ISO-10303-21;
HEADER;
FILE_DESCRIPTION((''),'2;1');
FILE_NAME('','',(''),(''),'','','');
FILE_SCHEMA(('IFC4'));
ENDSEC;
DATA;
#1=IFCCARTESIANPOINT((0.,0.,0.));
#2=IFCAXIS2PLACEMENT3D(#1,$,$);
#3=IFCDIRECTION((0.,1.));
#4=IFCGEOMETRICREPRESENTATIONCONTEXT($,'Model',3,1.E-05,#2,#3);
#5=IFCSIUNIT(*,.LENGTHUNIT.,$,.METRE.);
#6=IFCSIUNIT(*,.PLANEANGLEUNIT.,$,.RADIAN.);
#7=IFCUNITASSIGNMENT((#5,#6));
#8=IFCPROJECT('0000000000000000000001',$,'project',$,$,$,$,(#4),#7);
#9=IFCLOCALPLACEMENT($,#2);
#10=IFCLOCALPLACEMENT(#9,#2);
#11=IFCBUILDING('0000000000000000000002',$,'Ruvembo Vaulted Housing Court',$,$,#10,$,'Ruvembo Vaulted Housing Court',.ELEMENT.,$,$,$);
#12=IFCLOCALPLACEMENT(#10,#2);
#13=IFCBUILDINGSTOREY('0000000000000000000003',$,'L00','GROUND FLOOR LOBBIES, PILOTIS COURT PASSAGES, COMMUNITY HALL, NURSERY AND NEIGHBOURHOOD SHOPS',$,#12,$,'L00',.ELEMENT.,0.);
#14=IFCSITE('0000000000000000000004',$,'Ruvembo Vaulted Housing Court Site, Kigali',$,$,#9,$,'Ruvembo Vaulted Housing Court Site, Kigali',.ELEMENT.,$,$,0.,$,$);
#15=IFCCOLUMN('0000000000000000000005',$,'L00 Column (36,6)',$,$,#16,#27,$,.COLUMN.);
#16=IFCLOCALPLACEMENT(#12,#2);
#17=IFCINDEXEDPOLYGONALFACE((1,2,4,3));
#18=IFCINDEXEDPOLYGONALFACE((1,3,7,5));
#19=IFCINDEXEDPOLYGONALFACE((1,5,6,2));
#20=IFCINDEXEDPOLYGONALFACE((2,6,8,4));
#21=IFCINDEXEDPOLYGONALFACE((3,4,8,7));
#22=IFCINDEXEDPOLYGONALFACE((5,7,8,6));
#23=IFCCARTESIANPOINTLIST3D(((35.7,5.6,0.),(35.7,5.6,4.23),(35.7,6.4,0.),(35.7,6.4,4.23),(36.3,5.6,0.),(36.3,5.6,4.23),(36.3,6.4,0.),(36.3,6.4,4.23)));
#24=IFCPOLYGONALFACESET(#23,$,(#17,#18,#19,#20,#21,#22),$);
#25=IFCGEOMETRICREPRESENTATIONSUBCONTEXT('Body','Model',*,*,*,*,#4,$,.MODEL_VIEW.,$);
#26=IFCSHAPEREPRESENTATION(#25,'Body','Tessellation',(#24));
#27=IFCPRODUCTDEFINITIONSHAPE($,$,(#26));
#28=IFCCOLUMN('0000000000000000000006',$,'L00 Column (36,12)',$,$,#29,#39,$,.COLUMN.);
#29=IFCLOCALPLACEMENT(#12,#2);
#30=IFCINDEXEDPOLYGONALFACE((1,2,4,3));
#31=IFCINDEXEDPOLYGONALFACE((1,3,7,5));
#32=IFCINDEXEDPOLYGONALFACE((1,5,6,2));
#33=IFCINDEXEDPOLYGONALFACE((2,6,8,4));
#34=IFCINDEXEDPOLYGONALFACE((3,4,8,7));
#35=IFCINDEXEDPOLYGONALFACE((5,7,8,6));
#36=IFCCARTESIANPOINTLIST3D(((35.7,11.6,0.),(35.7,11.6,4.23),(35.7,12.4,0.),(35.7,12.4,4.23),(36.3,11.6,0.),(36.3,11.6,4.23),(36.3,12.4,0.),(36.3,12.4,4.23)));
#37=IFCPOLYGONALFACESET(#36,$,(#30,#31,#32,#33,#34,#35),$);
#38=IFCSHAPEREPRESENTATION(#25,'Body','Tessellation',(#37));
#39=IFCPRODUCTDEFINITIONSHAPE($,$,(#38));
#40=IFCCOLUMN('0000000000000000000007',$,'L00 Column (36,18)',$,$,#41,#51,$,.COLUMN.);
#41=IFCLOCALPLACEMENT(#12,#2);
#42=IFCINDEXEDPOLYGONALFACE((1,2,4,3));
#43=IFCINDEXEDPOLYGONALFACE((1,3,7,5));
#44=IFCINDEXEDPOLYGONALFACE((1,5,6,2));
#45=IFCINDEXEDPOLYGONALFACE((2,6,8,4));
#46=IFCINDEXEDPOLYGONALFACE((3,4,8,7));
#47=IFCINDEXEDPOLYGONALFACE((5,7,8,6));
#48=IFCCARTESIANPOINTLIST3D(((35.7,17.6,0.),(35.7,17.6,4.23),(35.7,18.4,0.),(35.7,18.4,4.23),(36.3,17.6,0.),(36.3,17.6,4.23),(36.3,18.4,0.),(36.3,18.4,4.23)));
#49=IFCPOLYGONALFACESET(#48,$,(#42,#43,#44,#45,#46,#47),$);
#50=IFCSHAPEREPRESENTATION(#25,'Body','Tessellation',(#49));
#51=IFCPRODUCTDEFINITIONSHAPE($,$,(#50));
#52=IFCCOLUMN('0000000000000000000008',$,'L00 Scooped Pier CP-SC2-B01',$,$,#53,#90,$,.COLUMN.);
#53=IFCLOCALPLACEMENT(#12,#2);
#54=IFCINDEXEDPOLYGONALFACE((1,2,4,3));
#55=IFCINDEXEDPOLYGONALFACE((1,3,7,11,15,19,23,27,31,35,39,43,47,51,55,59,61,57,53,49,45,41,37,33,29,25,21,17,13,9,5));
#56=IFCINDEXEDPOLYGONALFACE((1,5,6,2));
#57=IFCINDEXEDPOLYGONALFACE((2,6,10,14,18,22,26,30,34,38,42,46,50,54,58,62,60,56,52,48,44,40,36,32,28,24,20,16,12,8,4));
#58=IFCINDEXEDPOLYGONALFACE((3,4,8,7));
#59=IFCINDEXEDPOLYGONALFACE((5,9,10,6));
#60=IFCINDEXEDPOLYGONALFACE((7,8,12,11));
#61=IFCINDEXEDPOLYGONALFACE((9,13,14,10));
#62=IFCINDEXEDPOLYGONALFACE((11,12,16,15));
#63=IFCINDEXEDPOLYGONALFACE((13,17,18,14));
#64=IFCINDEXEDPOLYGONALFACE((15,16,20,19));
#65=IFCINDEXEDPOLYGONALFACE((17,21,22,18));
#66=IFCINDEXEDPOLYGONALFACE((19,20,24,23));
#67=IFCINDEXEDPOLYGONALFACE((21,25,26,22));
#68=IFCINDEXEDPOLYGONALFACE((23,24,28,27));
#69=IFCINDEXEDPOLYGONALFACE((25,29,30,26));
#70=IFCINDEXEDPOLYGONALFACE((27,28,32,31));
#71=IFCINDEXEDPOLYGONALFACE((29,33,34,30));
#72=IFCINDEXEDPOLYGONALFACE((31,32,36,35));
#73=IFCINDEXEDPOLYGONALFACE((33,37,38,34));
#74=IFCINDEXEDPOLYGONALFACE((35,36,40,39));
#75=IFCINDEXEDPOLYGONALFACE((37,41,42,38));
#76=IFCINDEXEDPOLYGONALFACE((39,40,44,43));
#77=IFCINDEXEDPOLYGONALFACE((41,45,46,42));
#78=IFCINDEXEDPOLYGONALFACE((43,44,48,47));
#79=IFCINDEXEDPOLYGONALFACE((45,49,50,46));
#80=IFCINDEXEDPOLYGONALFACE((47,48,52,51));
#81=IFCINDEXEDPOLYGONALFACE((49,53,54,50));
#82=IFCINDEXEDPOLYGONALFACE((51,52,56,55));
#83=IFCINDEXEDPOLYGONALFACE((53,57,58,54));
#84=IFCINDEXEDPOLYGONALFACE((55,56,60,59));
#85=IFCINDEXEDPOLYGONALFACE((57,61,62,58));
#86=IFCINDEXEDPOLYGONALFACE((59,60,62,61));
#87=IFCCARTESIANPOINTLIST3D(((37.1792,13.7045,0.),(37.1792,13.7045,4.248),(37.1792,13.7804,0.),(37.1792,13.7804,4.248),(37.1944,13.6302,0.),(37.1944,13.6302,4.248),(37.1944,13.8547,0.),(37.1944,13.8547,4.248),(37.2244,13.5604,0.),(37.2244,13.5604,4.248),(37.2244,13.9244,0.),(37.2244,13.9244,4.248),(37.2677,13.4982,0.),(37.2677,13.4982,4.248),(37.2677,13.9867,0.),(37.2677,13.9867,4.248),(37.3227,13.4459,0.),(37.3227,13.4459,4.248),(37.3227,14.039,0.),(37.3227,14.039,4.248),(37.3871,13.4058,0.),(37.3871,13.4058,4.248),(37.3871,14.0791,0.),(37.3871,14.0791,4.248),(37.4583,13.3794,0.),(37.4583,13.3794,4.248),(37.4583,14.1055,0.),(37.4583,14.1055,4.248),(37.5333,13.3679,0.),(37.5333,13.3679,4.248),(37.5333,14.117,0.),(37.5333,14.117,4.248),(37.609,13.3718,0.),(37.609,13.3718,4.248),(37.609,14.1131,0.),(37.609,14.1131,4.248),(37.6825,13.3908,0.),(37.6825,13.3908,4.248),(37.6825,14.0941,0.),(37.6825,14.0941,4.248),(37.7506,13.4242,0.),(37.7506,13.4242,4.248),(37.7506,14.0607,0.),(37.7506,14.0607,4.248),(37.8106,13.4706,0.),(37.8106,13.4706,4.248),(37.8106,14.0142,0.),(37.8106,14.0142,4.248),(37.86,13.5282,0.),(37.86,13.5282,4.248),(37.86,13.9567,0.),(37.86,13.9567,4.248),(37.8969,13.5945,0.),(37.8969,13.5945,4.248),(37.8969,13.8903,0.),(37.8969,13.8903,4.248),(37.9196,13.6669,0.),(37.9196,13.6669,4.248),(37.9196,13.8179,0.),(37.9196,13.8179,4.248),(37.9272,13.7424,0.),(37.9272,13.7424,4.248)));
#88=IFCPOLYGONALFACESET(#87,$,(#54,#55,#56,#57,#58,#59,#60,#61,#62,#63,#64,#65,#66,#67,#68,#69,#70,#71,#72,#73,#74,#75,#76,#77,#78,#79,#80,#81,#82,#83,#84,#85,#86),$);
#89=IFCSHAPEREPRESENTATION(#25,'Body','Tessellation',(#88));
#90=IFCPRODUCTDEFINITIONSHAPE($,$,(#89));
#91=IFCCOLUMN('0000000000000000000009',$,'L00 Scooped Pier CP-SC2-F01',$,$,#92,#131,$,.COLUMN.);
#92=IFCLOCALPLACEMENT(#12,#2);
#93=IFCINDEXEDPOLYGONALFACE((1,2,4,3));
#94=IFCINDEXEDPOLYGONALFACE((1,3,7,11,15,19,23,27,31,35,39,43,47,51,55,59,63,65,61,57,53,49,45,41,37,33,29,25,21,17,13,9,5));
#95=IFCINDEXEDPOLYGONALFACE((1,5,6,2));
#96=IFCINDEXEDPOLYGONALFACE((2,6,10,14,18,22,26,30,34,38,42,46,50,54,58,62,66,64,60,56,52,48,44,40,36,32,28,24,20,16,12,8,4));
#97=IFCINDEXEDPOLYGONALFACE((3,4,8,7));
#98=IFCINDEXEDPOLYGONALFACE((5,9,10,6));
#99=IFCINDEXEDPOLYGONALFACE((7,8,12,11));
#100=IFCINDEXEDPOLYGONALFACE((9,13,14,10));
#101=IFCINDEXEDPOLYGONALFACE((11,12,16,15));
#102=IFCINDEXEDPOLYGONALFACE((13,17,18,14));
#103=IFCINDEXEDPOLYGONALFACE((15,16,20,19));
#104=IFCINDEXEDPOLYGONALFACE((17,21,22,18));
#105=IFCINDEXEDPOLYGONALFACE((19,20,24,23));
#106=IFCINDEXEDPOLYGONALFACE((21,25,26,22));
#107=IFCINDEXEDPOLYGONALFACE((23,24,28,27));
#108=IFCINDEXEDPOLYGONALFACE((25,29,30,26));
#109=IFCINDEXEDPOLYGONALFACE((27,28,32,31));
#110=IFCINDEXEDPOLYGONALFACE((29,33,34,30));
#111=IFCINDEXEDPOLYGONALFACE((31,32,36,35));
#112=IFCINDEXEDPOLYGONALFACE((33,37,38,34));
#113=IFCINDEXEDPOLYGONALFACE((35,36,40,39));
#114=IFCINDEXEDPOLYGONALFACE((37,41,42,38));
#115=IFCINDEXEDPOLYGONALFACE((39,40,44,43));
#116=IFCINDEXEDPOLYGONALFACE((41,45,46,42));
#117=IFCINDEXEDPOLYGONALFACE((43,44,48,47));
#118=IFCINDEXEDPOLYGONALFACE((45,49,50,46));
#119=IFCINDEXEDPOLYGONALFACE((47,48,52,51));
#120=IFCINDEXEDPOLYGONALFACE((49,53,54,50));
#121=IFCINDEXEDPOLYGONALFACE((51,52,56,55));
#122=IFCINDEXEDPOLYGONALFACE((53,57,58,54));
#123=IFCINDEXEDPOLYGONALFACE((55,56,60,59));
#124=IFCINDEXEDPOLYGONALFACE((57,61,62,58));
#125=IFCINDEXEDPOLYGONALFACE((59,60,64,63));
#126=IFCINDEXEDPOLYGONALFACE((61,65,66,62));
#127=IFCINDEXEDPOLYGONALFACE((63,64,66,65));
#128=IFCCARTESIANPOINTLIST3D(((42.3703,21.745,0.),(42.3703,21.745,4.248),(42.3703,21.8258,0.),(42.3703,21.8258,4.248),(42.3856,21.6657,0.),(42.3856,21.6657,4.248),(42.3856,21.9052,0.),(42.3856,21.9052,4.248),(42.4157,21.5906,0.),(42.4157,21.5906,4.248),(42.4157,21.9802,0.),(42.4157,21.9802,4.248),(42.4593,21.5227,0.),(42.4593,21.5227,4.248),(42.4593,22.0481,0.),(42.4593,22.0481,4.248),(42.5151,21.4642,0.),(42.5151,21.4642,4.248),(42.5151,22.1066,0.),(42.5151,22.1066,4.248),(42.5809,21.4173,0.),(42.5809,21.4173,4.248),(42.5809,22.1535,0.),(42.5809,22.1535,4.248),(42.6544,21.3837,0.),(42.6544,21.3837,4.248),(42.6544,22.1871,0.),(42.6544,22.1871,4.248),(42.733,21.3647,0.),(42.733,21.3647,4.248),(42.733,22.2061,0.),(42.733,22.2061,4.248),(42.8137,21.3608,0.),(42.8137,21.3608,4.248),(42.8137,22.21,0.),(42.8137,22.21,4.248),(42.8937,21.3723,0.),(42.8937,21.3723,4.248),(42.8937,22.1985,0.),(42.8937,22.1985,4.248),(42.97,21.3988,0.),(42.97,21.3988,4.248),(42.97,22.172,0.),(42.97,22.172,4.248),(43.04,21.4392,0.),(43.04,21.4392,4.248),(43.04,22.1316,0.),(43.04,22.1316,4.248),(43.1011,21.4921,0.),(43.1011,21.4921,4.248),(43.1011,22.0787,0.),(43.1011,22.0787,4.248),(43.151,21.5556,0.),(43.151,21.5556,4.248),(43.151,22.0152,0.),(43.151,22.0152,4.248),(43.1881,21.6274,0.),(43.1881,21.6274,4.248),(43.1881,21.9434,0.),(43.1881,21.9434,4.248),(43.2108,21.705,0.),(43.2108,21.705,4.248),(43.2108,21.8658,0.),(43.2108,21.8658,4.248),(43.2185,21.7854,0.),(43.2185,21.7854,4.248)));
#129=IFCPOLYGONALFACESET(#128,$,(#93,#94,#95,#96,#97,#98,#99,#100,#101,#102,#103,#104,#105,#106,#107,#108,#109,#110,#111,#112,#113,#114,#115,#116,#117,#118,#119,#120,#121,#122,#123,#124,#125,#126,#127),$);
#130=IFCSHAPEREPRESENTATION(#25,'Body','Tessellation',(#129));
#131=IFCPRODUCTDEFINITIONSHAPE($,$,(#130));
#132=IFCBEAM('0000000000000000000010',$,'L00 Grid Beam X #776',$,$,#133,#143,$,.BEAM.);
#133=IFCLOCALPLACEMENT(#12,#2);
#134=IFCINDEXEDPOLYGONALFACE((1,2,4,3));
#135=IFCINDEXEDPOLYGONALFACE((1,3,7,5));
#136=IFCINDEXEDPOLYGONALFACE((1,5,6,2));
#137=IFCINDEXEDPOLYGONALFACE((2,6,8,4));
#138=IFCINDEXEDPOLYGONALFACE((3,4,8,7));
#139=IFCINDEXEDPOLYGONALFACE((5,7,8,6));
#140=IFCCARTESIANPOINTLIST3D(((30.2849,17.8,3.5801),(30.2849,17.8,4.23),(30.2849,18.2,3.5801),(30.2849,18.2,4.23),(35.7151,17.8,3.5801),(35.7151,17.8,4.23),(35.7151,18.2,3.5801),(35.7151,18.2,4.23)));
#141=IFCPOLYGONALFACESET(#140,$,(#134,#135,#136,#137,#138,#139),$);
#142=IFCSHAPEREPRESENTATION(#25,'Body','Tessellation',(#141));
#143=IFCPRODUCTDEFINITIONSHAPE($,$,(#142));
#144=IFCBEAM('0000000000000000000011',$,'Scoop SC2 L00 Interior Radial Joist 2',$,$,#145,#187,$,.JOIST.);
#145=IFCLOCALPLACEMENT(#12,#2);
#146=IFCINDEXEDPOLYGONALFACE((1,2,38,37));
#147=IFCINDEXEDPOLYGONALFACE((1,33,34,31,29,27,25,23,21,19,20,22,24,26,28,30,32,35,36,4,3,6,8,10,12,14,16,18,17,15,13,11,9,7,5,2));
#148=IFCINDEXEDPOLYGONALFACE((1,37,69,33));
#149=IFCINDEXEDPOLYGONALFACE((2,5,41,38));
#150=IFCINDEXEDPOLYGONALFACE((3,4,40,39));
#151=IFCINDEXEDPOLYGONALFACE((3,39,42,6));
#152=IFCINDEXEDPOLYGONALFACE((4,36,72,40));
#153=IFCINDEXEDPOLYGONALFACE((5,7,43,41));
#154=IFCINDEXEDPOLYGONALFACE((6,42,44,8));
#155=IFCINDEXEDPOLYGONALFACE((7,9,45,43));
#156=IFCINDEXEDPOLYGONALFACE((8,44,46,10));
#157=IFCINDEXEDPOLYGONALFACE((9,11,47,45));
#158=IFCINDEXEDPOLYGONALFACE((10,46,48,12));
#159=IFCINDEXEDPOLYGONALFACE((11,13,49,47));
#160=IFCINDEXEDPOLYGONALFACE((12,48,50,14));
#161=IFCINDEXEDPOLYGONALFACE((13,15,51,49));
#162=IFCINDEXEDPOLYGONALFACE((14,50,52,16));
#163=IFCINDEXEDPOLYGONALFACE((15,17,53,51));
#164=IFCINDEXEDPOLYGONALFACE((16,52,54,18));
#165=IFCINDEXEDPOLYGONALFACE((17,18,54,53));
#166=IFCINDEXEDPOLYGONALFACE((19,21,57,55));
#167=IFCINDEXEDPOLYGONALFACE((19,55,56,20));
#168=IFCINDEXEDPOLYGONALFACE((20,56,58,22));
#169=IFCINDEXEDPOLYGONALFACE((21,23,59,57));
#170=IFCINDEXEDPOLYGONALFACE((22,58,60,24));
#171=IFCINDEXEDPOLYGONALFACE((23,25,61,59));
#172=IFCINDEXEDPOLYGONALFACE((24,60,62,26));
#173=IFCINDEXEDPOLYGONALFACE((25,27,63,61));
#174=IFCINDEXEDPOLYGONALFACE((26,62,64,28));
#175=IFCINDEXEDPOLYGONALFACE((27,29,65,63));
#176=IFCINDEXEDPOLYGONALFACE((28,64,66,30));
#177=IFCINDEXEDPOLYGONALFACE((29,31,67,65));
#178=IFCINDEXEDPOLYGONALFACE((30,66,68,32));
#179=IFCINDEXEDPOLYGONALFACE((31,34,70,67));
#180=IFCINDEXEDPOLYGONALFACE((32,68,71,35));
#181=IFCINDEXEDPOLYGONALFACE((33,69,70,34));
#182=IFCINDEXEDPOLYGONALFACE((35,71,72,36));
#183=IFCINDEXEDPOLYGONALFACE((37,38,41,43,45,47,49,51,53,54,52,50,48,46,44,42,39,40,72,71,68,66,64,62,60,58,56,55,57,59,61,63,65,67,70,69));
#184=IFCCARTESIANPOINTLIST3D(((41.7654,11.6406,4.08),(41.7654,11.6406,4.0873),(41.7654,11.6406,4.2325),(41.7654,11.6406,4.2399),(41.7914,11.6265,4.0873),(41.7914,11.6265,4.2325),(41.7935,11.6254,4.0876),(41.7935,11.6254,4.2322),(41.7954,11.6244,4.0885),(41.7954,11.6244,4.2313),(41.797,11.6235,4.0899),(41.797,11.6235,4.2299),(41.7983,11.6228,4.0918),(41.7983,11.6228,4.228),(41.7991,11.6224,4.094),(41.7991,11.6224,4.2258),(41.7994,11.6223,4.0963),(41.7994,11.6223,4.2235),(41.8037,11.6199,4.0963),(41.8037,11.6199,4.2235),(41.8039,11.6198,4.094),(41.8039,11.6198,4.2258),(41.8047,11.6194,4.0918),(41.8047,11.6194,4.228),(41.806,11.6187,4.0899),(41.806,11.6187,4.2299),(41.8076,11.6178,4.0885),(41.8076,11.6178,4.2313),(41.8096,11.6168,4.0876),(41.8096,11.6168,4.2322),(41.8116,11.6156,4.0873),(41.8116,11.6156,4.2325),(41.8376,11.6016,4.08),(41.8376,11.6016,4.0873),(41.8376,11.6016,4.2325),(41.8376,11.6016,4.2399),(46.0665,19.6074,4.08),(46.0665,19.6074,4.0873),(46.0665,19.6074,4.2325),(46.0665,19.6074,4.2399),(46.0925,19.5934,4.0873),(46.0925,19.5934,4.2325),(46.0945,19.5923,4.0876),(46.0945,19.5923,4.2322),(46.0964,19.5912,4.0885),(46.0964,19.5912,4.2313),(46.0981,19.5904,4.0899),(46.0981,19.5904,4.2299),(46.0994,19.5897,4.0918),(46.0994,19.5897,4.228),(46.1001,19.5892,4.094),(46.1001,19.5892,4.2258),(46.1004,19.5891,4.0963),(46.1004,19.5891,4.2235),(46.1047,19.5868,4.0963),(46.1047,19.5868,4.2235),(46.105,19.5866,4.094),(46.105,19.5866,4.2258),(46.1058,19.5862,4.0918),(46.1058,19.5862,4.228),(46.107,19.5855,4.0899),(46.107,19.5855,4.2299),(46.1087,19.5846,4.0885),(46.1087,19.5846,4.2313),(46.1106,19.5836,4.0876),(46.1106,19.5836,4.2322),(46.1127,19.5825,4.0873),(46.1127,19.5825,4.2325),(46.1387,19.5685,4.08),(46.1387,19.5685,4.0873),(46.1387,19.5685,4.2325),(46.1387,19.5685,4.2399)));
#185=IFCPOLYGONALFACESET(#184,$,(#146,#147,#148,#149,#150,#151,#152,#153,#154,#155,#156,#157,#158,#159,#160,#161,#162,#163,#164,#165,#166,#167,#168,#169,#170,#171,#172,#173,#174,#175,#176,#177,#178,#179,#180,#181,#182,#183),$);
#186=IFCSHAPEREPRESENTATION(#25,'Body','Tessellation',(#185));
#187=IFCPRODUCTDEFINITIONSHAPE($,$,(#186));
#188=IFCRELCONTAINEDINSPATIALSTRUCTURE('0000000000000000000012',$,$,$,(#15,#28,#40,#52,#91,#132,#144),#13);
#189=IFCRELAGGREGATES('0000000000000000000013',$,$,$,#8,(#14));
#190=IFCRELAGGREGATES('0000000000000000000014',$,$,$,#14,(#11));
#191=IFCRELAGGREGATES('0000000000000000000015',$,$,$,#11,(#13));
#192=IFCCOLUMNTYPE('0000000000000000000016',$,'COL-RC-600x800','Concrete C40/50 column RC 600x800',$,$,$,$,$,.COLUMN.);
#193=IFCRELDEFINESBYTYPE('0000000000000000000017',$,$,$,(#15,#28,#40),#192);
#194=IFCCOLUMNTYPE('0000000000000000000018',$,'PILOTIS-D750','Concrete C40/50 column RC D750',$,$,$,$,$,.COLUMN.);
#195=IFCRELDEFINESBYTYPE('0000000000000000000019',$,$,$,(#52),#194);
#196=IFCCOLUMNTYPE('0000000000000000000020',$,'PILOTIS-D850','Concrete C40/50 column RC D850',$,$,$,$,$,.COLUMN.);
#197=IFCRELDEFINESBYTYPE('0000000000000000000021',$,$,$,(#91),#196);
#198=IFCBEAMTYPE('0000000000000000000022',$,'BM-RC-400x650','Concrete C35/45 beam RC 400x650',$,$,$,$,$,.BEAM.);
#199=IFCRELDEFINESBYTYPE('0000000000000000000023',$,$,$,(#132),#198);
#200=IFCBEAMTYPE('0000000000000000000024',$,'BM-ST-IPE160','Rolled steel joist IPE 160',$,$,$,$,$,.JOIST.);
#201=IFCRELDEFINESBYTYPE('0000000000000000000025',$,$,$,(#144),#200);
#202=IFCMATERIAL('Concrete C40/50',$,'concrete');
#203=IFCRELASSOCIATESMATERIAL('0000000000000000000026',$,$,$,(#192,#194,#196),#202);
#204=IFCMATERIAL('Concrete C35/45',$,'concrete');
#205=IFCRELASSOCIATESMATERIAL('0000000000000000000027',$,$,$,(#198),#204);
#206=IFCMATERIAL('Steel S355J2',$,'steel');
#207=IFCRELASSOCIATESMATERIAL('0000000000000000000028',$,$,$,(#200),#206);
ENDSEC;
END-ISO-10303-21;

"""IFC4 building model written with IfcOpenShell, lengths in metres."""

from ifc_helpers import new_model, si_unit, direction, frame, origin, origin_2d, place, context, subcontext, project, spatial, rectangle, circle, i_section, extrude, material, material_profile, profile_set, type_object, element, save


model = new_model("IFC4")

# Units and contexts
model_context = context("Model", 3, precision=1e-05, world=origin(), true_north=direction((0.0, 1.0)))
body_context = subcontext(model_context, "Body", "Model", "MODEL_VIEW")
ifc_project = project(units=[si_unit("LENGTHUNIT", "METRE"), si_unit("PLANEANGLEUNIT", "RADIAN")], contexts=[model_context])

# Site, building, storey
site_placement = place(None, origin())
site = spatial("IfcSite", under=ifc_project, at=site_placement, Name="Ruvembo Vaulted Housing Court Site, Kigali", LongName="Ruvembo Vaulted Housing Court Site, Kigali", CompositionType="ELEMENT", RefElevation=0.0)
building_placement = place(site_placement, origin())
building = spatial("IfcBuilding", under=site, at=building_placement, Name="Ruvembo Vaulted Housing Court", LongName="Ruvembo Vaulted Housing Court", CompositionType="ELEMENT")
storey_placement = place(building_placement, origin())
storey = spatial("IfcBuildingStorey", under=building, at=storey_placement, Name="L00", Description="GROUND FLOOR LOBBIES, PILOTIS COURT PASSAGES, COMMUNITY HALL, NURSERY AND NEIGHBOURHOOD SHOPS", LongName="L00", CompositionType="ELEMENT", Elevation=0.0)

# Columns
ifc_material_1 = material(Name="Concrete C40/50", Category="concrete")
ifc_material_profile_1 = material_profile(ifc_material_1, rectangle(XDim=0.6001, YDim=0.8, at=origin_2d()), Name="RC 600x800")
ifc_profile_set_1 = profile_set([ifc_material_profile_1], Name="Concrete C40/50")
column_type_1 = type_object("IfcColumnType", Name="COL-RC-600x800", Description="Concrete C40/50 column RC 600x800", PredefinedType="COLUMN", material=ifc_profile_set_1)
for number, where, z_axis, x_axis, name in (
    (1, (36.0, 6.0, 0.0), (0.0, 0.0, 1.0), (1.0, 0.0, 0.0), "L00 Column (36,6)"),
    (2, (36.0, 12.0, 0.0), (0.0, 0.0, 1.0), (1.0, 0.0, 0.0), "L00 Column (36,12)"),
    (3, (36.0, 18.0, 0.0), (0.0, 0.0, 1.0), (1.0, 0.0, 0.0), "L00 Column (36,18)"),
):
    element("IfcColumn", number, at=place(storey_placement, frame(where, z_axis=z_axis, x_axis=x_axis)), inside=storey, type_object=column_type_1, Name=name, PredefinedType="COLUMN", context=body_context, shape_type="SweptSolid", body=[
        extrude(rectangle(XDim=0.6001, YDim=0.8, at=origin_2d()), origin(), (0.0, 0.0, 1.0), 4.23),
    ])
ifc_material_profile_2 = material_profile(ifc_material_1, circle(Radius=0.375, at=origin_2d()), Name="RC D750")
ifc_profile_set_2 = profile_set([ifc_material_profile_2], Name="Concrete C40/50")
column_type_2 = type_object("IfcColumnType", Name="PILOTIS-D750", Description="Concrete C40/50 column RC D750", PredefinedType="COLUMN", material=ifc_profile_set_2)
column_1_placement = place(storey_placement, frame((37.5522, 13.7424, 0.0), z_axis=(0.0, 0.0, 1.0), x_axis=(1.0, 0.0, 0.0)))
element("IfcColumn", 4, at=column_1_placement, inside=storey, type_object=column_type_2, Name="L00 Scooped Pier CP-SC2-B01", PredefinedType="COLUMN", context=body_context, shape_type="SweptSolid", body=[
    extrude(circle(Radius=0.375, at=origin_2d()), origin(), (0.0, 0.0, 1.0), 4.248),
])
ifc_material_profile_3 = material_profile(ifc_material_1, circle(Radius=0.425, at=origin_2d()), Name="RC D850")
ifc_profile_set_3 = profile_set([ifc_material_profile_3], Name="Concrete C40/50")
column_type_3 = type_object("IfcColumnType", Name="PILOTIS-D850", Description="Concrete C40/50 column RC D850", PredefinedType="COLUMN", material=ifc_profile_set_3)
column_2_placement = place(storey_placement, frame((42.7935, 21.7854, 0.0), z_axis=(0.0, 0.0, 1.0), x_axis=(1.0, 0.0, 0.0)))
element("IfcColumn", 5, at=column_2_placement, inside=storey, type_object=column_type_3, Name="L00 Scooped Pier CP-SC2-F01", PredefinedType="COLUMN", context=body_context, shape_type="SweptSolid", body=[
    extrude(circle(Radius=0.425, at=origin_2d()), origin(), (0.0, 0.0, 1.0), 4.248),
])

# Beams
ifc_material_2 = material(Name="Concrete C35/45", Category="concrete")
ifc_material_profile_4 = material_profile(ifc_material_2, rectangle(XDim=0.3999, YDim=0.6499, at=origin_2d()), Name="RC 400x650")
ifc_profile_set_4 = profile_set([ifc_material_profile_4], Name="Concrete C35/45")
beam_type_1 = type_object("IfcBeamType", Name="BM-RC-400x650", Description="Concrete C35/45 beam RC 400x650", PredefinedType="BEAM", material=ifc_profile_set_4)
beam_1_placement = place(storey_placement, frame((30.2849, 18.0, 3.905), z_axis=(1.0, 0.0, 0.0), x_axis=(0.0, 1.0, 0.0)))
element("IfcBeam", 6, at=beam_1_placement, inside=storey, type_object=beam_type_1, Name="L00 Grid Beam X #776", PredefinedType="BEAM", context=body_context, shape_type="SweptSolid", body=[
    extrude(rectangle(XDim=0.3999, YDim=0.6499, at=origin_2d()), origin(), (0.0, 0.0, 1.0), 5.4302),
])
ifc_material_3 = material(Name="Steel S355J2", Category="steel")
ifc_material_profile_5 = material_profile(ifc_material_3, i_section(OverallWidth=0.082, OverallDepth=0.1599, WebThickness=0.0049, FlangeThickness=0.0073, FilletRadius=0.009, at=origin_2d()), Name="IPE 160")
ifc_profile_set_5 = profile_set([ifc_material_profile_5], Name="Steel S355J2")
beam_type_2 = type_object("IfcBeamType", Name="BM-ST-IPE160", Description="Rolled steel joist IPE 160", PredefinedType="JOIST", material=ifc_profile_set_5)
beam_2_placement = place(storey_placement, frame((41.8015, 11.6211, 4.1599), z_axis=(0.47506, 0.879954, 0.0), x_axis=(-0.879954, 0.47506, 0.0)))
element("IfcBeam", 7, at=beam_2_placement, inside=storey, type_object=beam_type_2, Name="Scoop SC2 L00 Interior Radial Joist 2", PredefinedType="JOIST", context=body_context, shape_type="SweptSolid", body=[
    extrude(i_section(OverallWidth=0.082, OverallDepth=0.1599, WebThickness=0.0049, FlangeThickness=0.0073, FilletRadius=0.009, at=origin_2d()), origin(), (0.0, 0.0, 1.0), 9.0537),
])

save(model, "model.ifc")
